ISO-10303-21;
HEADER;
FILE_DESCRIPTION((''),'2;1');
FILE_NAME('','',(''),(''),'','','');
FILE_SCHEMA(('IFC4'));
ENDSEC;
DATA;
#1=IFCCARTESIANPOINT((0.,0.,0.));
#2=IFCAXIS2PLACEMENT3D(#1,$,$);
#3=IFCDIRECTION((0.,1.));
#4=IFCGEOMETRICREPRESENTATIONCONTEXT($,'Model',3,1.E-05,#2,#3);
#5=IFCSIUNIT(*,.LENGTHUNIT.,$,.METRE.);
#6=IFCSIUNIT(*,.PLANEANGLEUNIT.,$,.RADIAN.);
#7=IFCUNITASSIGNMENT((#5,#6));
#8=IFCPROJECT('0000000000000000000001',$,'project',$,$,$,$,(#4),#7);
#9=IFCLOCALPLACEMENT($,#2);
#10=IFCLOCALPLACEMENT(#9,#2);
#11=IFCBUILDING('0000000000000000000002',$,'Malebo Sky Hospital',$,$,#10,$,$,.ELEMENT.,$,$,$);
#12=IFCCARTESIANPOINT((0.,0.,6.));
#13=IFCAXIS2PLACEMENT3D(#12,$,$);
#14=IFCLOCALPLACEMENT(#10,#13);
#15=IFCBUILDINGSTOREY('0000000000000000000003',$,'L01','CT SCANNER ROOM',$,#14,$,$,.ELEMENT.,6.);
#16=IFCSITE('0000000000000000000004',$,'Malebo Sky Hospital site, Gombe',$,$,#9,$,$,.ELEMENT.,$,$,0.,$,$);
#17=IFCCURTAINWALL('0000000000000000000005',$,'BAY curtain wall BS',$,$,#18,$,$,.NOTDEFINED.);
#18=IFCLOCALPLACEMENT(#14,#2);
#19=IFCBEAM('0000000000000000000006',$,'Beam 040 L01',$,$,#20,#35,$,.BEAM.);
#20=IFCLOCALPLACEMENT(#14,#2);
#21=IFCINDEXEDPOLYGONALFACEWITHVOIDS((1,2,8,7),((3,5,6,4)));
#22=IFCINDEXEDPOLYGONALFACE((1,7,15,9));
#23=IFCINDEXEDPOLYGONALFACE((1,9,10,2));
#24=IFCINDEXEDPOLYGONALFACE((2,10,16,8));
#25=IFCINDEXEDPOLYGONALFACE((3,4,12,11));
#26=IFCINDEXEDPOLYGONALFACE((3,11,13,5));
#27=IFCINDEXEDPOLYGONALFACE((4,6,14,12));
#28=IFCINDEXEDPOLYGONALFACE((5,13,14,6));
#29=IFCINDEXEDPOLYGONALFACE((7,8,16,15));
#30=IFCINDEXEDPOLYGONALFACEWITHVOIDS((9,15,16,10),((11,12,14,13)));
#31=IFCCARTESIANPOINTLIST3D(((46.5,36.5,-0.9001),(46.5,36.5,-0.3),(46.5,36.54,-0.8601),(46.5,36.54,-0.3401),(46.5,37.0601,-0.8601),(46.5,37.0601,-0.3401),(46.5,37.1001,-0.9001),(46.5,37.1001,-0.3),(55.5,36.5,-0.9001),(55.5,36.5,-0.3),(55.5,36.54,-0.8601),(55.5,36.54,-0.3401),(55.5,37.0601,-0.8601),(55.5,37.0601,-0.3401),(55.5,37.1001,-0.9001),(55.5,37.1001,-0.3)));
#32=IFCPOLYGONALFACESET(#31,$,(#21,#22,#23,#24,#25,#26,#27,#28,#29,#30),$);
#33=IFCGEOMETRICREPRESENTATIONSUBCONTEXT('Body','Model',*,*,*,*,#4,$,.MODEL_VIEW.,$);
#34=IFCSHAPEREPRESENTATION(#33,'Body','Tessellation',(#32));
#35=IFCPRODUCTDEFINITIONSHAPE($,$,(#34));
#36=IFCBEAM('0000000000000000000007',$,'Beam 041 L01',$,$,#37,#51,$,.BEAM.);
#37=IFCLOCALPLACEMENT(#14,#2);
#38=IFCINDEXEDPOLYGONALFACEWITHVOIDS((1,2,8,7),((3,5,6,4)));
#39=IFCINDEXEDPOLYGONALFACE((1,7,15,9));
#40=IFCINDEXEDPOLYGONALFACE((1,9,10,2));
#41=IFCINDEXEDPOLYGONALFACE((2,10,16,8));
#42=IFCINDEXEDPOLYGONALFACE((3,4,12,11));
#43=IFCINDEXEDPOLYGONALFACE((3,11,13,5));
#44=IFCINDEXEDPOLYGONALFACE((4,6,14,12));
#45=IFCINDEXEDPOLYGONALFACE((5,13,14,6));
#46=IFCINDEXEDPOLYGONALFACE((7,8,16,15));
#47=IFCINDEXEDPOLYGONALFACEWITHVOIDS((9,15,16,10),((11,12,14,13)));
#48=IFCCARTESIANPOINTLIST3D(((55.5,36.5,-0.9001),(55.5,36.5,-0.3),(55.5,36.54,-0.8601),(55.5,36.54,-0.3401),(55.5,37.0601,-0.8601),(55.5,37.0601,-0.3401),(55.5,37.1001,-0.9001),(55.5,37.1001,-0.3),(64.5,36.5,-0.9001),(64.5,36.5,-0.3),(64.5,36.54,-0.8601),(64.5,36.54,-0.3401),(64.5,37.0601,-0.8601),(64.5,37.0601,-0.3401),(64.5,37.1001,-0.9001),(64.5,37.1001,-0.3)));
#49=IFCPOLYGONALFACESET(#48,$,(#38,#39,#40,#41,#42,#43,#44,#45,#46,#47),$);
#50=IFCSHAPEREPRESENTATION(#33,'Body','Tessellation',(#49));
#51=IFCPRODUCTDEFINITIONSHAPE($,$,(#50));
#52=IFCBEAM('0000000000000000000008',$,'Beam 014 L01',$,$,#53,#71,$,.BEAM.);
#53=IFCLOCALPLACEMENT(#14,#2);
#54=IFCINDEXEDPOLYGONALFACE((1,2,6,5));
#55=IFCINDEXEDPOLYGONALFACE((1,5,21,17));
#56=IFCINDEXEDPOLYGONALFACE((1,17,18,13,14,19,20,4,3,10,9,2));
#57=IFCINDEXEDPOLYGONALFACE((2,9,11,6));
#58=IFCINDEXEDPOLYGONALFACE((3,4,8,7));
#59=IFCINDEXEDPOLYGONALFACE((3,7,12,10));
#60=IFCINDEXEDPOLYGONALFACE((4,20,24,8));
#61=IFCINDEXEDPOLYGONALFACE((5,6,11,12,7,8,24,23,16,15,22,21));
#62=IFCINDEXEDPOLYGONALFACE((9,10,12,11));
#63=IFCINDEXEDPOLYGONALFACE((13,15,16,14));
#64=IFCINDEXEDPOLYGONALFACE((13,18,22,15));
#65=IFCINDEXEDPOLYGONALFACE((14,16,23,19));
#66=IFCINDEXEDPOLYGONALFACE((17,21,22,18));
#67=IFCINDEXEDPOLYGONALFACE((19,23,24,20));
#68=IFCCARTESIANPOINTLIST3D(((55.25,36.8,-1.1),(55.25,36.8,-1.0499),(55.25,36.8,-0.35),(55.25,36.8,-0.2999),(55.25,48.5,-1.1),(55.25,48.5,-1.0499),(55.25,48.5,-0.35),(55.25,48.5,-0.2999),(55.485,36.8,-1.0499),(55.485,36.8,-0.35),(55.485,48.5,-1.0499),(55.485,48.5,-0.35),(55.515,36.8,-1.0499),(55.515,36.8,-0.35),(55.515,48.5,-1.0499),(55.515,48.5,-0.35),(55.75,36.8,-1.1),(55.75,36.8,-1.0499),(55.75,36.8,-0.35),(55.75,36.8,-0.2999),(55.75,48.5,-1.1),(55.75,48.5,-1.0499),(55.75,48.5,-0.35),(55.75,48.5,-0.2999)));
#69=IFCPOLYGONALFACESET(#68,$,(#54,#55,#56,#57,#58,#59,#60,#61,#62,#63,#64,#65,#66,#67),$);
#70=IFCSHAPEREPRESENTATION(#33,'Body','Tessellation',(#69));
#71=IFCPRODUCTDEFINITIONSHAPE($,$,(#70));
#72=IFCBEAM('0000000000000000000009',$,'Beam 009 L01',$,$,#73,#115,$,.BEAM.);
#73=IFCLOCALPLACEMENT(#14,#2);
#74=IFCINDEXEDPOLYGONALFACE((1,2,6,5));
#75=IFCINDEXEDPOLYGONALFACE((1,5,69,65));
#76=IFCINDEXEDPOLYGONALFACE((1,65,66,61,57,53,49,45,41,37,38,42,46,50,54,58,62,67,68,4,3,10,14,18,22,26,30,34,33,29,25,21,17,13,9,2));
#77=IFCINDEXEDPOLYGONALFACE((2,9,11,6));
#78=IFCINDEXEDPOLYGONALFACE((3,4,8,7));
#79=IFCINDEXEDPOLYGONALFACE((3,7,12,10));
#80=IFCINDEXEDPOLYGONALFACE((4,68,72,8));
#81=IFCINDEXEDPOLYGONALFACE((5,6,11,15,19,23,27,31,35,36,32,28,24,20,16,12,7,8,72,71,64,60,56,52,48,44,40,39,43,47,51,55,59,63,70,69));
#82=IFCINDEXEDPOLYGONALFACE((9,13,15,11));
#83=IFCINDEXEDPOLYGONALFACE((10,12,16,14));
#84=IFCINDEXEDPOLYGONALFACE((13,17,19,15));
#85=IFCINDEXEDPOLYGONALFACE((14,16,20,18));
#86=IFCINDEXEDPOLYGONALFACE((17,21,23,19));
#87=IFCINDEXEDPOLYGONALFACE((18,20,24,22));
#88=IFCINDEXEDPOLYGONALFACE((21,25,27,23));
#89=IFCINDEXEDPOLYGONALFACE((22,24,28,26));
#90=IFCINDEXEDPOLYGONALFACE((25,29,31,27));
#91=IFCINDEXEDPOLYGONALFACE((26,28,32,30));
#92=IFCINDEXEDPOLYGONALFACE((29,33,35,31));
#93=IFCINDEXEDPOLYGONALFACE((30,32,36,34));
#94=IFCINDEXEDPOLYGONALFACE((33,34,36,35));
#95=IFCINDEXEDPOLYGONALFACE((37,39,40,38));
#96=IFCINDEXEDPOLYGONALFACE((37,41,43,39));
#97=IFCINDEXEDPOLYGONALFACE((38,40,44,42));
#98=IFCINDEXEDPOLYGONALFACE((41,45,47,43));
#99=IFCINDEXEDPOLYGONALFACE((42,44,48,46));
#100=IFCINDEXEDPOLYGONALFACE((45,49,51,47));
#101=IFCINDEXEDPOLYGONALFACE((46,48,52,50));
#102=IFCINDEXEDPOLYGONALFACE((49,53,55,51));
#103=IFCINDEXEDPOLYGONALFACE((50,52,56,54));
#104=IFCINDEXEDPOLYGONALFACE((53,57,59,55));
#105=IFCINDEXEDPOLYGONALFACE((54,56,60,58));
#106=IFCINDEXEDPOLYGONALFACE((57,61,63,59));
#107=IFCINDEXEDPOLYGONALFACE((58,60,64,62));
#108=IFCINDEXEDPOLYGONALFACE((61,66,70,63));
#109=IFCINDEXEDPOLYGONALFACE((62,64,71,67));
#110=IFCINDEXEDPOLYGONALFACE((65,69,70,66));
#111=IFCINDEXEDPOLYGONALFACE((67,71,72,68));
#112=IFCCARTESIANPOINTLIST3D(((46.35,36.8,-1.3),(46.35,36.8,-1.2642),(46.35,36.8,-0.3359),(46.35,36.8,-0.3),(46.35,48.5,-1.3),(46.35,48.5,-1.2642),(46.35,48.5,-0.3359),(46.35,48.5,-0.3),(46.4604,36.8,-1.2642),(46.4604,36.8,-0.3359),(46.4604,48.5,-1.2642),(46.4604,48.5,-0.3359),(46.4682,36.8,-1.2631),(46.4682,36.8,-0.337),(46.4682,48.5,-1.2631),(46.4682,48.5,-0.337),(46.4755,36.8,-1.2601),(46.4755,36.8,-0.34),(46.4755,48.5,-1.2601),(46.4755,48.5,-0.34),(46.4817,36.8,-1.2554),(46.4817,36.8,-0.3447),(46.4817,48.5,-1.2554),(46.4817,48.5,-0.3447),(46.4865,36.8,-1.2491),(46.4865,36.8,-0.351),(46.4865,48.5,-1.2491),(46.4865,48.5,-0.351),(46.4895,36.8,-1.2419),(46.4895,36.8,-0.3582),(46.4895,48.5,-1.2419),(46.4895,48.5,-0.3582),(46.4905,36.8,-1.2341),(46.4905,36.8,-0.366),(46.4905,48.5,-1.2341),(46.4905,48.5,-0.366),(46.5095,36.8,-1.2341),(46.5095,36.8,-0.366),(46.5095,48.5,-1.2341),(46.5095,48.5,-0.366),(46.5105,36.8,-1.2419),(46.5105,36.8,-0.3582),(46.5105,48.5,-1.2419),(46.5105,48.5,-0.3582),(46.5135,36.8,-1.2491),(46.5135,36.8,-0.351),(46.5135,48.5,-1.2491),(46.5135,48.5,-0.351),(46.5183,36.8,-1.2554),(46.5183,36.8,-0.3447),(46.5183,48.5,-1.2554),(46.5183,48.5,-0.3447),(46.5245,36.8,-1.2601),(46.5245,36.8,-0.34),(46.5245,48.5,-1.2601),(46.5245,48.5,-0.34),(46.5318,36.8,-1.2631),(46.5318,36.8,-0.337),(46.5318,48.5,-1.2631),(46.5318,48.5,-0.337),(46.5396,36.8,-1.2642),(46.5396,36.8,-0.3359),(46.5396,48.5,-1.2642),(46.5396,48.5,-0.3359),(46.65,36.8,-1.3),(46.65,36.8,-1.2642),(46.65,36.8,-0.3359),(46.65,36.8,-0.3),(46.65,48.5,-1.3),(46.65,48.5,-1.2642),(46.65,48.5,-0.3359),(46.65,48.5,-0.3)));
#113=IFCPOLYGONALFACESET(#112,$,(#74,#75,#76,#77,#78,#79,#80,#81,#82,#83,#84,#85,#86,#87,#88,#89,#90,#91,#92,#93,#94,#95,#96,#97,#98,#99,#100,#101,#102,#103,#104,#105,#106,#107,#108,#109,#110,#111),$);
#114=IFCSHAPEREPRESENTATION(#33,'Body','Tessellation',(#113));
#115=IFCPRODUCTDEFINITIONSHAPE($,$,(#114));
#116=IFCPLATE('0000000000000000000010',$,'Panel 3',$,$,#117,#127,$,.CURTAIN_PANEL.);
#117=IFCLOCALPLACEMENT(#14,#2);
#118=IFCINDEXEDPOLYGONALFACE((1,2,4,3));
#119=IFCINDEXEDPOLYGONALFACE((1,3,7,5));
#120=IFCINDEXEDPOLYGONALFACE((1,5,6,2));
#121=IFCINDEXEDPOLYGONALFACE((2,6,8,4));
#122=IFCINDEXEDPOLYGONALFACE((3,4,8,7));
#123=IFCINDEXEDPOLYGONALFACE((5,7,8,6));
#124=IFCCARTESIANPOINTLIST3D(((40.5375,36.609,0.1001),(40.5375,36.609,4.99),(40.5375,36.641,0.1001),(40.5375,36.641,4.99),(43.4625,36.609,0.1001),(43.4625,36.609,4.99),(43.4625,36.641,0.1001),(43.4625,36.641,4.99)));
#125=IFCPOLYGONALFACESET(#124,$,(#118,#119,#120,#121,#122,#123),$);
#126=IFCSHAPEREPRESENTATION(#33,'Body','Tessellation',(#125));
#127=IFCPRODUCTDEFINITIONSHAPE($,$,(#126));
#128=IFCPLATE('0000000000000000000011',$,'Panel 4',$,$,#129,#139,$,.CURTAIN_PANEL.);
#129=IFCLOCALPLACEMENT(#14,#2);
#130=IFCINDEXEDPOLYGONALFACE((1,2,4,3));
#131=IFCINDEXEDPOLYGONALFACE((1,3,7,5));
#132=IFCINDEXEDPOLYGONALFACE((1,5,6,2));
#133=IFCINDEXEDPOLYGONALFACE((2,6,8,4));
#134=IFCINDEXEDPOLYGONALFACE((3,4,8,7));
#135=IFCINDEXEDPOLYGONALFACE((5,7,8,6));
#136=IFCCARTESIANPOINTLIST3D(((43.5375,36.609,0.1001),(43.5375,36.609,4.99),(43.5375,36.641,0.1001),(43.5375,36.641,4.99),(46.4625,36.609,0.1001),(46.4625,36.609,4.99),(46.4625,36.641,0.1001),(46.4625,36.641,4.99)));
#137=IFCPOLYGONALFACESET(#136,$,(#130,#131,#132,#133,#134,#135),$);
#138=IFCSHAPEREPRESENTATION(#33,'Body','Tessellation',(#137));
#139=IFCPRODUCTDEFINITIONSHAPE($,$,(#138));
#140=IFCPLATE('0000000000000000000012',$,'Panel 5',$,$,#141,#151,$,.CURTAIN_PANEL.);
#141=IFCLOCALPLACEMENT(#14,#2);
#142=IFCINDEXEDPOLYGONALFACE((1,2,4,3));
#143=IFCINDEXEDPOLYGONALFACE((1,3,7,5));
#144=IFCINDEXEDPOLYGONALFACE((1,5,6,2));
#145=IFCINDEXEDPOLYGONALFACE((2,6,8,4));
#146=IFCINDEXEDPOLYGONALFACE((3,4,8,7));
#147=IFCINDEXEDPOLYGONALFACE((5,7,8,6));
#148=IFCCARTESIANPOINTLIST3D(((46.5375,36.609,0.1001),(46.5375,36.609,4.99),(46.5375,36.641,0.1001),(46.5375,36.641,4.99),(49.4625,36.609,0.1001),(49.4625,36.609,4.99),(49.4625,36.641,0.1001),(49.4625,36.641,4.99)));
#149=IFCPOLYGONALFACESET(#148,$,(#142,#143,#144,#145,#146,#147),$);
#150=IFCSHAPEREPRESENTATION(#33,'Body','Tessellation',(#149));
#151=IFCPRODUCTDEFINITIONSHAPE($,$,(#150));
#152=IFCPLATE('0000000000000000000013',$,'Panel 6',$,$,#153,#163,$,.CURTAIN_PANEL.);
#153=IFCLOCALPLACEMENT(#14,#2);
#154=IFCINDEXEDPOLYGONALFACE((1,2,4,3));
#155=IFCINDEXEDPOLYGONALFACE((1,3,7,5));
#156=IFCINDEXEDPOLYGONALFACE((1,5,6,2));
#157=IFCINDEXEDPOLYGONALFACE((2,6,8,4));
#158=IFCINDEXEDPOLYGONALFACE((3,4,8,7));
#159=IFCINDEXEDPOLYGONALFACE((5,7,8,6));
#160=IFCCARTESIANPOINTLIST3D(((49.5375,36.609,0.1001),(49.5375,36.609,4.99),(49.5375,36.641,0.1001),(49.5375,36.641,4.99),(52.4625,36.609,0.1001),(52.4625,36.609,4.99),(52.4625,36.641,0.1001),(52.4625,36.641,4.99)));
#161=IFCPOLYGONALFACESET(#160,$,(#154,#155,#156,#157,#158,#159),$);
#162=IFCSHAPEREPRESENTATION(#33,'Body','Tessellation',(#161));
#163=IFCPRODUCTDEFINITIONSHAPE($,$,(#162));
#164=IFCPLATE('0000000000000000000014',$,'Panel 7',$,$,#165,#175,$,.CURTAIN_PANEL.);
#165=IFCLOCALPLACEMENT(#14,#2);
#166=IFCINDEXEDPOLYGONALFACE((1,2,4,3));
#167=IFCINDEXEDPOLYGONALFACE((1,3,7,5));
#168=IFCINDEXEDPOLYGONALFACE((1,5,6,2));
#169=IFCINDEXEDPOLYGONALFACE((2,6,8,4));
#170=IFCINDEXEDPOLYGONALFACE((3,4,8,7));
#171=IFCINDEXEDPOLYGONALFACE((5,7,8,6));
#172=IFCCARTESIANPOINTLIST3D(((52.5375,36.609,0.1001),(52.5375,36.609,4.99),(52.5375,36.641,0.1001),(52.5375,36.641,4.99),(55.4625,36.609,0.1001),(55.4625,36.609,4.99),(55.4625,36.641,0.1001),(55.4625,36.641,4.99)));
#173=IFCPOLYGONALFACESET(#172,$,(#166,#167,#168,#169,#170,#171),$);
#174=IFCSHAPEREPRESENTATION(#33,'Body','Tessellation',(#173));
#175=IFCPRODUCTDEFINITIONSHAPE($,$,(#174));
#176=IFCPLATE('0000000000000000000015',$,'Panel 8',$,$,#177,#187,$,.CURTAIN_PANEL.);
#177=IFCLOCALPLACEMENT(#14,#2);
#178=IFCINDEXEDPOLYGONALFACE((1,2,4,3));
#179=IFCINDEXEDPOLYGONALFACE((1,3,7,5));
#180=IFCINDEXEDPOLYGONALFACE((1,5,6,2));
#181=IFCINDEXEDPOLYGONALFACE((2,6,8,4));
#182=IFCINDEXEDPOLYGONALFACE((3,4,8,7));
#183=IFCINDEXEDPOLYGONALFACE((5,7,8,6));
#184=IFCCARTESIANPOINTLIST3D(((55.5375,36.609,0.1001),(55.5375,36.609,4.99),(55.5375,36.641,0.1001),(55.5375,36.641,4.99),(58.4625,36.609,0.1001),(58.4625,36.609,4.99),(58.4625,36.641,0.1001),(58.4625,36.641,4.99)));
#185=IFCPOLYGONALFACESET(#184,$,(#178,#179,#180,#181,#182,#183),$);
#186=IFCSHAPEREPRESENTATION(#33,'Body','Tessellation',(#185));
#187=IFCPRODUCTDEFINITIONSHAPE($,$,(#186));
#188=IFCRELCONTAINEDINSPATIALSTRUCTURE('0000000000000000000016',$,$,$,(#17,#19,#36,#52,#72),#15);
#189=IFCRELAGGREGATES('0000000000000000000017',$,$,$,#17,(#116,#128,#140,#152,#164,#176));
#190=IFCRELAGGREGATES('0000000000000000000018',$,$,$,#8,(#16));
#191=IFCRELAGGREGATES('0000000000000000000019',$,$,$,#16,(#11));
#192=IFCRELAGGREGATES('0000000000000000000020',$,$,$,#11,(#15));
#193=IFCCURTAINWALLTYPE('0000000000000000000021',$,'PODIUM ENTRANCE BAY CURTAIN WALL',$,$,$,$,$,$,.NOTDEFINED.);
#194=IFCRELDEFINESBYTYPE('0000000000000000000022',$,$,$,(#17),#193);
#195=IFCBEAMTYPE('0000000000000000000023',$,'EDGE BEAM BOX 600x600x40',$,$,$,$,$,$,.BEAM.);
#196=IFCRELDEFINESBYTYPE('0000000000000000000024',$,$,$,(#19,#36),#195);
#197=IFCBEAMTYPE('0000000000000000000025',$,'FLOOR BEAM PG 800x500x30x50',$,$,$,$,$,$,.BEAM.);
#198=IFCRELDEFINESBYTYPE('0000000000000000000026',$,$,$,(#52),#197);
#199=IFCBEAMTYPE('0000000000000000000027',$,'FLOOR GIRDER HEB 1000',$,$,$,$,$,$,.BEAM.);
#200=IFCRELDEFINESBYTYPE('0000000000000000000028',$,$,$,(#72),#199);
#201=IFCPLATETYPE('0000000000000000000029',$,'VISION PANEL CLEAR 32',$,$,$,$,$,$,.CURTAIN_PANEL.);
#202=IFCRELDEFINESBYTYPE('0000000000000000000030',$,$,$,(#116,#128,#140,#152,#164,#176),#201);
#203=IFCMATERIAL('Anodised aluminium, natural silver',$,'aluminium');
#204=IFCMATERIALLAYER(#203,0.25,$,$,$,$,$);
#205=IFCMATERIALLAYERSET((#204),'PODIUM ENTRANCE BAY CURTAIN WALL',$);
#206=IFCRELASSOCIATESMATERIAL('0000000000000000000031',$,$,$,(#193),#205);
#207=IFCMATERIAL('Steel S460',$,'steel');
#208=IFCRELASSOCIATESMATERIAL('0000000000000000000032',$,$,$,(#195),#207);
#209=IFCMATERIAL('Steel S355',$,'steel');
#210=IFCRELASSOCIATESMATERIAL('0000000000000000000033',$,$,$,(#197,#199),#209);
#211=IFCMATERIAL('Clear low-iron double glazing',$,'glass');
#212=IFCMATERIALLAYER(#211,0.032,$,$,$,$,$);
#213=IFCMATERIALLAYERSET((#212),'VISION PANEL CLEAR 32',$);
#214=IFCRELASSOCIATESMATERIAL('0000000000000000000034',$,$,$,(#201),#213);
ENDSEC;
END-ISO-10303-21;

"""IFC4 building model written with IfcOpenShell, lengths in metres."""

from ifc_helpers import new_model, si_unit, direction, frame, origin, origin_2d, place, context, subcontext, project, spatial, rectangle, hollow_rectangle, i_section, extrude, material, layer, layer_set, material_profile, profile_set, type_object, element, aggregate, save


model = new_model("IFC4")

# Units and contexts
model_context = context("Model", 3, precision=1e-05, world=origin(), true_north=direction((0.0, 1.0)))
body_context = subcontext(model_context, "Body", "Model", "MODEL_VIEW")
ifc_project = project(units=[si_unit("LENGTHUNIT", "METRE"), si_unit("PLANEANGLEUNIT", "RADIAN")], contexts=[model_context])

# Site, building, storey
site_placement = place(None, origin())
site = spatial("IfcSite", under=ifc_project, at=site_placement, Name="Malebo Sky Hospital site, Gombe", CompositionType="ELEMENT", RefElevation=0.0)
building_placement = place(site_placement, origin())
building = spatial("IfcBuilding", under=site, at=building_placement, Name="Malebo Sky Hospital", CompositionType="ELEMENT")
storey_placement = place(building_placement, frame((0.0, 0.0, 6.0)))
storey = spatial("IfcBuildingStorey", under=building, at=storey_placement, Name="L01", Description="CT SCANNER ROOM", CompositionType="ELEMENT", Elevation=6.0)

# Shared definitions
ifc_material_1 = material(Name="Steel S460", Category="steel")

# Curtain wall
ifc_material_2 = material(Name="Anodised aluminium, natural silver", Category="aluminium")
ifc_layer_1 = layer(ifc_material_2, 0.25)
ifc_layer_set_1 = layer_set([ifc_layer_1], Name="PODIUM ENTRANCE BAY CURTAIN WALL")
curtain_wall_type = type_object("IfcCurtainWallType", Name="PODIUM ENTRANCE BAY CURTAIN WALL", PredefinedType="NOTDEFINED", material=ifc_layer_set_1)
curtain_wall_placement = place(storey_placement, origin())
curtain_wall = element("IfcCurtainWall", 1, at=curtain_wall_placement, inside=storey, type_object=curtain_wall_type, Name="BAY curtain wall BS", PredefinedType="NOTDEFINED")

# Beams
ifc_material_profile_1 = material_profile(ifc_material_1, hollow_rectangle(XDim=0.6001, YDim=0.6001, WallThickness=0.04, at=origin_2d()), Name="BOX 600x600x40")
ifc_profile_set_1 = profile_set([ifc_material_profile_1], Name="Steel S460")
beam_type_1 = type_object("IfcBeamType", Name="EDGE BEAM BOX 600x600x40", PredefinedType="BEAM", material=ifc_profile_set_1)
for number, where, z_axis, x_axis, name in (
    (2, (46.5, 36.8, -0.6001), (1.0, 0.0, 0.0), (0.0, 1.0, 0.0), "Beam 040 L01"),
    (3, (55.5, 36.8, -0.6001), (1.0, 0.0, 0.0), (0.0, 1.0, 0.0), "Beam 041 L01"),
):
    element("IfcBeam", number, at=place(storey_placement, frame(where, z_axis=z_axis, x_axis=x_axis)), inside=storey, type_object=beam_type_1, Name=name, PredefinedType="BEAM", context=body_context, shape_type="SweptSolid", body=[
        extrude(hollow_rectangle(XDim=0.6001, YDim=0.6001, WallThickness=0.04, at=origin_2d()), origin(), (0.0, 0.0, 1.0), 9.0),
    ])
ifc_material_3 = material(Name="Steel S355", Category="steel")
ifc_material_profile_2 = material_profile(ifc_material_3, i_section(OverallWidth=0.5, OverallDepth=0.8, WebThickness=0.03, FlangeThickness=0.05, at=origin_2d()), Name="PG 800x500x30x50")
ifc_profile_set_2 = profile_set([ifc_material_profile_2], Name="Steel S355")
beam_type_2 = type_object("IfcBeamType", Name="FLOOR BEAM PG 800x500x30x50", PredefinedType="BEAM", material=ifc_profile_set_2)
beam_1_placement = place(storey_placement, frame((55.5, 36.8, -0.7), z_axis=(0.0, 1.0, 0.0), x_axis=(-1.0, 0.0, 0.0)))
element("IfcBeam", 4, at=beam_1_placement, inside=storey, type_object=beam_type_2, Name="Beam 014 L01", PredefinedType="BEAM", context=body_context, shape_type="SweptSolid", body=[
    extrude(i_section(OverallWidth=0.5, OverallDepth=0.8, WebThickness=0.03, FlangeThickness=0.05, at=origin_2d()), origin(), (0.0, 0.0, 1.0), 11.7),
])
ifc_material_profile_3 = material_profile(ifc_material_3, i_section(OverallWidth=0.3, OverallDepth=1.0, WebThickness=0.019, FlangeThickness=0.0359, FilletRadius=0.03, at=origin_2d()), Name="HEB 1000")
ifc_profile_set_3 = profile_set([ifc_material_profile_3], Name="Steel S355")
beam_type_3 = type_object("IfcBeamType", Name="FLOOR GIRDER HEB 1000", PredefinedType="BEAM", material=ifc_profile_set_3)
beam_2_placement = place(storey_placement, frame((46.5, 36.8, -0.8), z_axis=(0.0, 1.0, 0.0), x_axis=(-1.0, 0.0, 0.0)))
element("IfcBeam", 5, at=beam_2_placement, inside=storey, type_object=beam_type_3, Name="Beam 009 L01", PredefinedType="BEAM", context=body_context, shape_type="SweptSolid", body=[
    extrude(i_section(OverallWidth=0.3, OverallDepth=1.0, WebThickness=0.019, FlangeThickness=0.0359, FilletRadius=0.03, at=origin_2d()), origin(), (0.0, 0.0, 1.0), 11.7),
])

# Plates
ifc_material_4 = material(Name="Clear low-iron double glazing", Category="glass")
ifc_layer_2 = layer(ifc_material_4, 0.032)
ifc_layer_set_2 = layer_set([ifc_layer_2], Name="VISION PANEL CLEAR 32")
plate_type = type_object("IfcPlateType", Name="VISION PANEL CLEAR 32", PredefinedType="CURTAIN_PANEL", material=ifc_layer_set_2)
plate_1_placement = place(storey_placement, frame((42.0, 36.625, 0.1001), z_axis=(0.0, 0.0, 1.0), x_axis=(1.0, 0.0, 0.0)))
plate_1 = element("IfcPlate", 6, at=plate_1_placement, type_object=plate_type, Name="Panel 3", PredefinedType="CURTAIN_PANEL", context=body_context, shape_type="SweptSolid", body=[
    extrude(rectangle(XDim=2.925, YDim=0.032, at=origin_2d()), origin(), (0.0, 0.0, 1.0), 4.8899),
])
plate_2_placement = place(storey_placement, frame((45.0, 36.625, 0.1001), z_axis=(0.0, 0.0, 1.0), x_axis=(1.0, 0.0, 0.0)))
plate_2 = element("IfcPlate", 7, at=plate_2_placement, type_object=plate_type, Name="Panel 4", PredefinedType="CURTAIN_PANEL", context=body_context, shape_type="SweptSolid", body=[
    extrude(rectangle(XDim=2.925, YDim=0.032, at=origin_2d()), origin(), (0.0, 0.0, 1.0), 4.8899),
])
plate_3_placement = place(storey_placement, frame((48.0, 36.625, 0.1001), z_axis=(0.0, 0.0, 1.0), x_axis=(1.0, 0.0, 0.0)))
plate_3 = element("IfcPlate", 8, at=plate_3_placement, type_object=plate_type, Name="Panel 5", PredefinedType="CURTAIN_PANEL", context=body_context, shape_type="SweptSolid", body=[
    extrude(rectangle(XDim=2.925, YDim=0.032, at=origin_2d()), origin(), (0.0, 0.0, 1.0), 4.8899),
])
plate_4_placement = place(storey_placement, frame((51.0, 36.625, 0.1001), z_axis=(0.0, 0.0, 1.0), x_axis=(1.0, 0.0, 0.0)))
plate_4 = element("IfcPlate", 9, at=plate_4_placement, type_object=plate_type, Name="Panel 6", PredefinedType="CURTAIN_PANEL", context=body_context, shape_type="SweptSolid", body=[
    extrude(rectangle(XDim=2.925, YDim=0.032, at=origin_2d()), origin(), (0.0, 0.0, 1.0), 4.8899),
])
plate_5_placement = place(storey_placement, frame((54.0, 36.625, 0.1001), z_axis=(0.0, 0.0, 1.0), x_axis=(1.0, 0.0, 0.0)))
plate_5 = element("IfcPlate", 10, at=plate_5_placement, type_object=plate_type, Name="Panel 7", PredefinedType="CURTAIN_PANEL", context=body_context, shape_type="SweptSolid", body=[
    extrude(rectangle(XDim=2.925, YDim=0.032, at=origin_2d()), origin(), (0.0, 0.0, 1.0), 4.8899),
])
plate_6_placement = place(storey_placement, frame((57.0, 36.625, 0.1001), z_axis=(0.0, 0.0, 1.0), x_axis=(1.0, 0.0, 0.0)))
plate_6 = element("IfcPlate", 11, at=plate_6_placement, type_object=plate_type, Name="Panel 8", PredefinedType="CURTAIN_PANEL", context=body_context, shape_type="SweptSolid", body=[
    extrude(rectangle(XDim=2.925, YDim=0.032, at=origin_2d()), origin(), (0.0, 0.0, 1.0), 4.8899),
])
aggregate(curtain_wall, [plate_1, plate_2, plate_3, plate_4, plate_5, plate_6])

save(model, "model.ifc")
